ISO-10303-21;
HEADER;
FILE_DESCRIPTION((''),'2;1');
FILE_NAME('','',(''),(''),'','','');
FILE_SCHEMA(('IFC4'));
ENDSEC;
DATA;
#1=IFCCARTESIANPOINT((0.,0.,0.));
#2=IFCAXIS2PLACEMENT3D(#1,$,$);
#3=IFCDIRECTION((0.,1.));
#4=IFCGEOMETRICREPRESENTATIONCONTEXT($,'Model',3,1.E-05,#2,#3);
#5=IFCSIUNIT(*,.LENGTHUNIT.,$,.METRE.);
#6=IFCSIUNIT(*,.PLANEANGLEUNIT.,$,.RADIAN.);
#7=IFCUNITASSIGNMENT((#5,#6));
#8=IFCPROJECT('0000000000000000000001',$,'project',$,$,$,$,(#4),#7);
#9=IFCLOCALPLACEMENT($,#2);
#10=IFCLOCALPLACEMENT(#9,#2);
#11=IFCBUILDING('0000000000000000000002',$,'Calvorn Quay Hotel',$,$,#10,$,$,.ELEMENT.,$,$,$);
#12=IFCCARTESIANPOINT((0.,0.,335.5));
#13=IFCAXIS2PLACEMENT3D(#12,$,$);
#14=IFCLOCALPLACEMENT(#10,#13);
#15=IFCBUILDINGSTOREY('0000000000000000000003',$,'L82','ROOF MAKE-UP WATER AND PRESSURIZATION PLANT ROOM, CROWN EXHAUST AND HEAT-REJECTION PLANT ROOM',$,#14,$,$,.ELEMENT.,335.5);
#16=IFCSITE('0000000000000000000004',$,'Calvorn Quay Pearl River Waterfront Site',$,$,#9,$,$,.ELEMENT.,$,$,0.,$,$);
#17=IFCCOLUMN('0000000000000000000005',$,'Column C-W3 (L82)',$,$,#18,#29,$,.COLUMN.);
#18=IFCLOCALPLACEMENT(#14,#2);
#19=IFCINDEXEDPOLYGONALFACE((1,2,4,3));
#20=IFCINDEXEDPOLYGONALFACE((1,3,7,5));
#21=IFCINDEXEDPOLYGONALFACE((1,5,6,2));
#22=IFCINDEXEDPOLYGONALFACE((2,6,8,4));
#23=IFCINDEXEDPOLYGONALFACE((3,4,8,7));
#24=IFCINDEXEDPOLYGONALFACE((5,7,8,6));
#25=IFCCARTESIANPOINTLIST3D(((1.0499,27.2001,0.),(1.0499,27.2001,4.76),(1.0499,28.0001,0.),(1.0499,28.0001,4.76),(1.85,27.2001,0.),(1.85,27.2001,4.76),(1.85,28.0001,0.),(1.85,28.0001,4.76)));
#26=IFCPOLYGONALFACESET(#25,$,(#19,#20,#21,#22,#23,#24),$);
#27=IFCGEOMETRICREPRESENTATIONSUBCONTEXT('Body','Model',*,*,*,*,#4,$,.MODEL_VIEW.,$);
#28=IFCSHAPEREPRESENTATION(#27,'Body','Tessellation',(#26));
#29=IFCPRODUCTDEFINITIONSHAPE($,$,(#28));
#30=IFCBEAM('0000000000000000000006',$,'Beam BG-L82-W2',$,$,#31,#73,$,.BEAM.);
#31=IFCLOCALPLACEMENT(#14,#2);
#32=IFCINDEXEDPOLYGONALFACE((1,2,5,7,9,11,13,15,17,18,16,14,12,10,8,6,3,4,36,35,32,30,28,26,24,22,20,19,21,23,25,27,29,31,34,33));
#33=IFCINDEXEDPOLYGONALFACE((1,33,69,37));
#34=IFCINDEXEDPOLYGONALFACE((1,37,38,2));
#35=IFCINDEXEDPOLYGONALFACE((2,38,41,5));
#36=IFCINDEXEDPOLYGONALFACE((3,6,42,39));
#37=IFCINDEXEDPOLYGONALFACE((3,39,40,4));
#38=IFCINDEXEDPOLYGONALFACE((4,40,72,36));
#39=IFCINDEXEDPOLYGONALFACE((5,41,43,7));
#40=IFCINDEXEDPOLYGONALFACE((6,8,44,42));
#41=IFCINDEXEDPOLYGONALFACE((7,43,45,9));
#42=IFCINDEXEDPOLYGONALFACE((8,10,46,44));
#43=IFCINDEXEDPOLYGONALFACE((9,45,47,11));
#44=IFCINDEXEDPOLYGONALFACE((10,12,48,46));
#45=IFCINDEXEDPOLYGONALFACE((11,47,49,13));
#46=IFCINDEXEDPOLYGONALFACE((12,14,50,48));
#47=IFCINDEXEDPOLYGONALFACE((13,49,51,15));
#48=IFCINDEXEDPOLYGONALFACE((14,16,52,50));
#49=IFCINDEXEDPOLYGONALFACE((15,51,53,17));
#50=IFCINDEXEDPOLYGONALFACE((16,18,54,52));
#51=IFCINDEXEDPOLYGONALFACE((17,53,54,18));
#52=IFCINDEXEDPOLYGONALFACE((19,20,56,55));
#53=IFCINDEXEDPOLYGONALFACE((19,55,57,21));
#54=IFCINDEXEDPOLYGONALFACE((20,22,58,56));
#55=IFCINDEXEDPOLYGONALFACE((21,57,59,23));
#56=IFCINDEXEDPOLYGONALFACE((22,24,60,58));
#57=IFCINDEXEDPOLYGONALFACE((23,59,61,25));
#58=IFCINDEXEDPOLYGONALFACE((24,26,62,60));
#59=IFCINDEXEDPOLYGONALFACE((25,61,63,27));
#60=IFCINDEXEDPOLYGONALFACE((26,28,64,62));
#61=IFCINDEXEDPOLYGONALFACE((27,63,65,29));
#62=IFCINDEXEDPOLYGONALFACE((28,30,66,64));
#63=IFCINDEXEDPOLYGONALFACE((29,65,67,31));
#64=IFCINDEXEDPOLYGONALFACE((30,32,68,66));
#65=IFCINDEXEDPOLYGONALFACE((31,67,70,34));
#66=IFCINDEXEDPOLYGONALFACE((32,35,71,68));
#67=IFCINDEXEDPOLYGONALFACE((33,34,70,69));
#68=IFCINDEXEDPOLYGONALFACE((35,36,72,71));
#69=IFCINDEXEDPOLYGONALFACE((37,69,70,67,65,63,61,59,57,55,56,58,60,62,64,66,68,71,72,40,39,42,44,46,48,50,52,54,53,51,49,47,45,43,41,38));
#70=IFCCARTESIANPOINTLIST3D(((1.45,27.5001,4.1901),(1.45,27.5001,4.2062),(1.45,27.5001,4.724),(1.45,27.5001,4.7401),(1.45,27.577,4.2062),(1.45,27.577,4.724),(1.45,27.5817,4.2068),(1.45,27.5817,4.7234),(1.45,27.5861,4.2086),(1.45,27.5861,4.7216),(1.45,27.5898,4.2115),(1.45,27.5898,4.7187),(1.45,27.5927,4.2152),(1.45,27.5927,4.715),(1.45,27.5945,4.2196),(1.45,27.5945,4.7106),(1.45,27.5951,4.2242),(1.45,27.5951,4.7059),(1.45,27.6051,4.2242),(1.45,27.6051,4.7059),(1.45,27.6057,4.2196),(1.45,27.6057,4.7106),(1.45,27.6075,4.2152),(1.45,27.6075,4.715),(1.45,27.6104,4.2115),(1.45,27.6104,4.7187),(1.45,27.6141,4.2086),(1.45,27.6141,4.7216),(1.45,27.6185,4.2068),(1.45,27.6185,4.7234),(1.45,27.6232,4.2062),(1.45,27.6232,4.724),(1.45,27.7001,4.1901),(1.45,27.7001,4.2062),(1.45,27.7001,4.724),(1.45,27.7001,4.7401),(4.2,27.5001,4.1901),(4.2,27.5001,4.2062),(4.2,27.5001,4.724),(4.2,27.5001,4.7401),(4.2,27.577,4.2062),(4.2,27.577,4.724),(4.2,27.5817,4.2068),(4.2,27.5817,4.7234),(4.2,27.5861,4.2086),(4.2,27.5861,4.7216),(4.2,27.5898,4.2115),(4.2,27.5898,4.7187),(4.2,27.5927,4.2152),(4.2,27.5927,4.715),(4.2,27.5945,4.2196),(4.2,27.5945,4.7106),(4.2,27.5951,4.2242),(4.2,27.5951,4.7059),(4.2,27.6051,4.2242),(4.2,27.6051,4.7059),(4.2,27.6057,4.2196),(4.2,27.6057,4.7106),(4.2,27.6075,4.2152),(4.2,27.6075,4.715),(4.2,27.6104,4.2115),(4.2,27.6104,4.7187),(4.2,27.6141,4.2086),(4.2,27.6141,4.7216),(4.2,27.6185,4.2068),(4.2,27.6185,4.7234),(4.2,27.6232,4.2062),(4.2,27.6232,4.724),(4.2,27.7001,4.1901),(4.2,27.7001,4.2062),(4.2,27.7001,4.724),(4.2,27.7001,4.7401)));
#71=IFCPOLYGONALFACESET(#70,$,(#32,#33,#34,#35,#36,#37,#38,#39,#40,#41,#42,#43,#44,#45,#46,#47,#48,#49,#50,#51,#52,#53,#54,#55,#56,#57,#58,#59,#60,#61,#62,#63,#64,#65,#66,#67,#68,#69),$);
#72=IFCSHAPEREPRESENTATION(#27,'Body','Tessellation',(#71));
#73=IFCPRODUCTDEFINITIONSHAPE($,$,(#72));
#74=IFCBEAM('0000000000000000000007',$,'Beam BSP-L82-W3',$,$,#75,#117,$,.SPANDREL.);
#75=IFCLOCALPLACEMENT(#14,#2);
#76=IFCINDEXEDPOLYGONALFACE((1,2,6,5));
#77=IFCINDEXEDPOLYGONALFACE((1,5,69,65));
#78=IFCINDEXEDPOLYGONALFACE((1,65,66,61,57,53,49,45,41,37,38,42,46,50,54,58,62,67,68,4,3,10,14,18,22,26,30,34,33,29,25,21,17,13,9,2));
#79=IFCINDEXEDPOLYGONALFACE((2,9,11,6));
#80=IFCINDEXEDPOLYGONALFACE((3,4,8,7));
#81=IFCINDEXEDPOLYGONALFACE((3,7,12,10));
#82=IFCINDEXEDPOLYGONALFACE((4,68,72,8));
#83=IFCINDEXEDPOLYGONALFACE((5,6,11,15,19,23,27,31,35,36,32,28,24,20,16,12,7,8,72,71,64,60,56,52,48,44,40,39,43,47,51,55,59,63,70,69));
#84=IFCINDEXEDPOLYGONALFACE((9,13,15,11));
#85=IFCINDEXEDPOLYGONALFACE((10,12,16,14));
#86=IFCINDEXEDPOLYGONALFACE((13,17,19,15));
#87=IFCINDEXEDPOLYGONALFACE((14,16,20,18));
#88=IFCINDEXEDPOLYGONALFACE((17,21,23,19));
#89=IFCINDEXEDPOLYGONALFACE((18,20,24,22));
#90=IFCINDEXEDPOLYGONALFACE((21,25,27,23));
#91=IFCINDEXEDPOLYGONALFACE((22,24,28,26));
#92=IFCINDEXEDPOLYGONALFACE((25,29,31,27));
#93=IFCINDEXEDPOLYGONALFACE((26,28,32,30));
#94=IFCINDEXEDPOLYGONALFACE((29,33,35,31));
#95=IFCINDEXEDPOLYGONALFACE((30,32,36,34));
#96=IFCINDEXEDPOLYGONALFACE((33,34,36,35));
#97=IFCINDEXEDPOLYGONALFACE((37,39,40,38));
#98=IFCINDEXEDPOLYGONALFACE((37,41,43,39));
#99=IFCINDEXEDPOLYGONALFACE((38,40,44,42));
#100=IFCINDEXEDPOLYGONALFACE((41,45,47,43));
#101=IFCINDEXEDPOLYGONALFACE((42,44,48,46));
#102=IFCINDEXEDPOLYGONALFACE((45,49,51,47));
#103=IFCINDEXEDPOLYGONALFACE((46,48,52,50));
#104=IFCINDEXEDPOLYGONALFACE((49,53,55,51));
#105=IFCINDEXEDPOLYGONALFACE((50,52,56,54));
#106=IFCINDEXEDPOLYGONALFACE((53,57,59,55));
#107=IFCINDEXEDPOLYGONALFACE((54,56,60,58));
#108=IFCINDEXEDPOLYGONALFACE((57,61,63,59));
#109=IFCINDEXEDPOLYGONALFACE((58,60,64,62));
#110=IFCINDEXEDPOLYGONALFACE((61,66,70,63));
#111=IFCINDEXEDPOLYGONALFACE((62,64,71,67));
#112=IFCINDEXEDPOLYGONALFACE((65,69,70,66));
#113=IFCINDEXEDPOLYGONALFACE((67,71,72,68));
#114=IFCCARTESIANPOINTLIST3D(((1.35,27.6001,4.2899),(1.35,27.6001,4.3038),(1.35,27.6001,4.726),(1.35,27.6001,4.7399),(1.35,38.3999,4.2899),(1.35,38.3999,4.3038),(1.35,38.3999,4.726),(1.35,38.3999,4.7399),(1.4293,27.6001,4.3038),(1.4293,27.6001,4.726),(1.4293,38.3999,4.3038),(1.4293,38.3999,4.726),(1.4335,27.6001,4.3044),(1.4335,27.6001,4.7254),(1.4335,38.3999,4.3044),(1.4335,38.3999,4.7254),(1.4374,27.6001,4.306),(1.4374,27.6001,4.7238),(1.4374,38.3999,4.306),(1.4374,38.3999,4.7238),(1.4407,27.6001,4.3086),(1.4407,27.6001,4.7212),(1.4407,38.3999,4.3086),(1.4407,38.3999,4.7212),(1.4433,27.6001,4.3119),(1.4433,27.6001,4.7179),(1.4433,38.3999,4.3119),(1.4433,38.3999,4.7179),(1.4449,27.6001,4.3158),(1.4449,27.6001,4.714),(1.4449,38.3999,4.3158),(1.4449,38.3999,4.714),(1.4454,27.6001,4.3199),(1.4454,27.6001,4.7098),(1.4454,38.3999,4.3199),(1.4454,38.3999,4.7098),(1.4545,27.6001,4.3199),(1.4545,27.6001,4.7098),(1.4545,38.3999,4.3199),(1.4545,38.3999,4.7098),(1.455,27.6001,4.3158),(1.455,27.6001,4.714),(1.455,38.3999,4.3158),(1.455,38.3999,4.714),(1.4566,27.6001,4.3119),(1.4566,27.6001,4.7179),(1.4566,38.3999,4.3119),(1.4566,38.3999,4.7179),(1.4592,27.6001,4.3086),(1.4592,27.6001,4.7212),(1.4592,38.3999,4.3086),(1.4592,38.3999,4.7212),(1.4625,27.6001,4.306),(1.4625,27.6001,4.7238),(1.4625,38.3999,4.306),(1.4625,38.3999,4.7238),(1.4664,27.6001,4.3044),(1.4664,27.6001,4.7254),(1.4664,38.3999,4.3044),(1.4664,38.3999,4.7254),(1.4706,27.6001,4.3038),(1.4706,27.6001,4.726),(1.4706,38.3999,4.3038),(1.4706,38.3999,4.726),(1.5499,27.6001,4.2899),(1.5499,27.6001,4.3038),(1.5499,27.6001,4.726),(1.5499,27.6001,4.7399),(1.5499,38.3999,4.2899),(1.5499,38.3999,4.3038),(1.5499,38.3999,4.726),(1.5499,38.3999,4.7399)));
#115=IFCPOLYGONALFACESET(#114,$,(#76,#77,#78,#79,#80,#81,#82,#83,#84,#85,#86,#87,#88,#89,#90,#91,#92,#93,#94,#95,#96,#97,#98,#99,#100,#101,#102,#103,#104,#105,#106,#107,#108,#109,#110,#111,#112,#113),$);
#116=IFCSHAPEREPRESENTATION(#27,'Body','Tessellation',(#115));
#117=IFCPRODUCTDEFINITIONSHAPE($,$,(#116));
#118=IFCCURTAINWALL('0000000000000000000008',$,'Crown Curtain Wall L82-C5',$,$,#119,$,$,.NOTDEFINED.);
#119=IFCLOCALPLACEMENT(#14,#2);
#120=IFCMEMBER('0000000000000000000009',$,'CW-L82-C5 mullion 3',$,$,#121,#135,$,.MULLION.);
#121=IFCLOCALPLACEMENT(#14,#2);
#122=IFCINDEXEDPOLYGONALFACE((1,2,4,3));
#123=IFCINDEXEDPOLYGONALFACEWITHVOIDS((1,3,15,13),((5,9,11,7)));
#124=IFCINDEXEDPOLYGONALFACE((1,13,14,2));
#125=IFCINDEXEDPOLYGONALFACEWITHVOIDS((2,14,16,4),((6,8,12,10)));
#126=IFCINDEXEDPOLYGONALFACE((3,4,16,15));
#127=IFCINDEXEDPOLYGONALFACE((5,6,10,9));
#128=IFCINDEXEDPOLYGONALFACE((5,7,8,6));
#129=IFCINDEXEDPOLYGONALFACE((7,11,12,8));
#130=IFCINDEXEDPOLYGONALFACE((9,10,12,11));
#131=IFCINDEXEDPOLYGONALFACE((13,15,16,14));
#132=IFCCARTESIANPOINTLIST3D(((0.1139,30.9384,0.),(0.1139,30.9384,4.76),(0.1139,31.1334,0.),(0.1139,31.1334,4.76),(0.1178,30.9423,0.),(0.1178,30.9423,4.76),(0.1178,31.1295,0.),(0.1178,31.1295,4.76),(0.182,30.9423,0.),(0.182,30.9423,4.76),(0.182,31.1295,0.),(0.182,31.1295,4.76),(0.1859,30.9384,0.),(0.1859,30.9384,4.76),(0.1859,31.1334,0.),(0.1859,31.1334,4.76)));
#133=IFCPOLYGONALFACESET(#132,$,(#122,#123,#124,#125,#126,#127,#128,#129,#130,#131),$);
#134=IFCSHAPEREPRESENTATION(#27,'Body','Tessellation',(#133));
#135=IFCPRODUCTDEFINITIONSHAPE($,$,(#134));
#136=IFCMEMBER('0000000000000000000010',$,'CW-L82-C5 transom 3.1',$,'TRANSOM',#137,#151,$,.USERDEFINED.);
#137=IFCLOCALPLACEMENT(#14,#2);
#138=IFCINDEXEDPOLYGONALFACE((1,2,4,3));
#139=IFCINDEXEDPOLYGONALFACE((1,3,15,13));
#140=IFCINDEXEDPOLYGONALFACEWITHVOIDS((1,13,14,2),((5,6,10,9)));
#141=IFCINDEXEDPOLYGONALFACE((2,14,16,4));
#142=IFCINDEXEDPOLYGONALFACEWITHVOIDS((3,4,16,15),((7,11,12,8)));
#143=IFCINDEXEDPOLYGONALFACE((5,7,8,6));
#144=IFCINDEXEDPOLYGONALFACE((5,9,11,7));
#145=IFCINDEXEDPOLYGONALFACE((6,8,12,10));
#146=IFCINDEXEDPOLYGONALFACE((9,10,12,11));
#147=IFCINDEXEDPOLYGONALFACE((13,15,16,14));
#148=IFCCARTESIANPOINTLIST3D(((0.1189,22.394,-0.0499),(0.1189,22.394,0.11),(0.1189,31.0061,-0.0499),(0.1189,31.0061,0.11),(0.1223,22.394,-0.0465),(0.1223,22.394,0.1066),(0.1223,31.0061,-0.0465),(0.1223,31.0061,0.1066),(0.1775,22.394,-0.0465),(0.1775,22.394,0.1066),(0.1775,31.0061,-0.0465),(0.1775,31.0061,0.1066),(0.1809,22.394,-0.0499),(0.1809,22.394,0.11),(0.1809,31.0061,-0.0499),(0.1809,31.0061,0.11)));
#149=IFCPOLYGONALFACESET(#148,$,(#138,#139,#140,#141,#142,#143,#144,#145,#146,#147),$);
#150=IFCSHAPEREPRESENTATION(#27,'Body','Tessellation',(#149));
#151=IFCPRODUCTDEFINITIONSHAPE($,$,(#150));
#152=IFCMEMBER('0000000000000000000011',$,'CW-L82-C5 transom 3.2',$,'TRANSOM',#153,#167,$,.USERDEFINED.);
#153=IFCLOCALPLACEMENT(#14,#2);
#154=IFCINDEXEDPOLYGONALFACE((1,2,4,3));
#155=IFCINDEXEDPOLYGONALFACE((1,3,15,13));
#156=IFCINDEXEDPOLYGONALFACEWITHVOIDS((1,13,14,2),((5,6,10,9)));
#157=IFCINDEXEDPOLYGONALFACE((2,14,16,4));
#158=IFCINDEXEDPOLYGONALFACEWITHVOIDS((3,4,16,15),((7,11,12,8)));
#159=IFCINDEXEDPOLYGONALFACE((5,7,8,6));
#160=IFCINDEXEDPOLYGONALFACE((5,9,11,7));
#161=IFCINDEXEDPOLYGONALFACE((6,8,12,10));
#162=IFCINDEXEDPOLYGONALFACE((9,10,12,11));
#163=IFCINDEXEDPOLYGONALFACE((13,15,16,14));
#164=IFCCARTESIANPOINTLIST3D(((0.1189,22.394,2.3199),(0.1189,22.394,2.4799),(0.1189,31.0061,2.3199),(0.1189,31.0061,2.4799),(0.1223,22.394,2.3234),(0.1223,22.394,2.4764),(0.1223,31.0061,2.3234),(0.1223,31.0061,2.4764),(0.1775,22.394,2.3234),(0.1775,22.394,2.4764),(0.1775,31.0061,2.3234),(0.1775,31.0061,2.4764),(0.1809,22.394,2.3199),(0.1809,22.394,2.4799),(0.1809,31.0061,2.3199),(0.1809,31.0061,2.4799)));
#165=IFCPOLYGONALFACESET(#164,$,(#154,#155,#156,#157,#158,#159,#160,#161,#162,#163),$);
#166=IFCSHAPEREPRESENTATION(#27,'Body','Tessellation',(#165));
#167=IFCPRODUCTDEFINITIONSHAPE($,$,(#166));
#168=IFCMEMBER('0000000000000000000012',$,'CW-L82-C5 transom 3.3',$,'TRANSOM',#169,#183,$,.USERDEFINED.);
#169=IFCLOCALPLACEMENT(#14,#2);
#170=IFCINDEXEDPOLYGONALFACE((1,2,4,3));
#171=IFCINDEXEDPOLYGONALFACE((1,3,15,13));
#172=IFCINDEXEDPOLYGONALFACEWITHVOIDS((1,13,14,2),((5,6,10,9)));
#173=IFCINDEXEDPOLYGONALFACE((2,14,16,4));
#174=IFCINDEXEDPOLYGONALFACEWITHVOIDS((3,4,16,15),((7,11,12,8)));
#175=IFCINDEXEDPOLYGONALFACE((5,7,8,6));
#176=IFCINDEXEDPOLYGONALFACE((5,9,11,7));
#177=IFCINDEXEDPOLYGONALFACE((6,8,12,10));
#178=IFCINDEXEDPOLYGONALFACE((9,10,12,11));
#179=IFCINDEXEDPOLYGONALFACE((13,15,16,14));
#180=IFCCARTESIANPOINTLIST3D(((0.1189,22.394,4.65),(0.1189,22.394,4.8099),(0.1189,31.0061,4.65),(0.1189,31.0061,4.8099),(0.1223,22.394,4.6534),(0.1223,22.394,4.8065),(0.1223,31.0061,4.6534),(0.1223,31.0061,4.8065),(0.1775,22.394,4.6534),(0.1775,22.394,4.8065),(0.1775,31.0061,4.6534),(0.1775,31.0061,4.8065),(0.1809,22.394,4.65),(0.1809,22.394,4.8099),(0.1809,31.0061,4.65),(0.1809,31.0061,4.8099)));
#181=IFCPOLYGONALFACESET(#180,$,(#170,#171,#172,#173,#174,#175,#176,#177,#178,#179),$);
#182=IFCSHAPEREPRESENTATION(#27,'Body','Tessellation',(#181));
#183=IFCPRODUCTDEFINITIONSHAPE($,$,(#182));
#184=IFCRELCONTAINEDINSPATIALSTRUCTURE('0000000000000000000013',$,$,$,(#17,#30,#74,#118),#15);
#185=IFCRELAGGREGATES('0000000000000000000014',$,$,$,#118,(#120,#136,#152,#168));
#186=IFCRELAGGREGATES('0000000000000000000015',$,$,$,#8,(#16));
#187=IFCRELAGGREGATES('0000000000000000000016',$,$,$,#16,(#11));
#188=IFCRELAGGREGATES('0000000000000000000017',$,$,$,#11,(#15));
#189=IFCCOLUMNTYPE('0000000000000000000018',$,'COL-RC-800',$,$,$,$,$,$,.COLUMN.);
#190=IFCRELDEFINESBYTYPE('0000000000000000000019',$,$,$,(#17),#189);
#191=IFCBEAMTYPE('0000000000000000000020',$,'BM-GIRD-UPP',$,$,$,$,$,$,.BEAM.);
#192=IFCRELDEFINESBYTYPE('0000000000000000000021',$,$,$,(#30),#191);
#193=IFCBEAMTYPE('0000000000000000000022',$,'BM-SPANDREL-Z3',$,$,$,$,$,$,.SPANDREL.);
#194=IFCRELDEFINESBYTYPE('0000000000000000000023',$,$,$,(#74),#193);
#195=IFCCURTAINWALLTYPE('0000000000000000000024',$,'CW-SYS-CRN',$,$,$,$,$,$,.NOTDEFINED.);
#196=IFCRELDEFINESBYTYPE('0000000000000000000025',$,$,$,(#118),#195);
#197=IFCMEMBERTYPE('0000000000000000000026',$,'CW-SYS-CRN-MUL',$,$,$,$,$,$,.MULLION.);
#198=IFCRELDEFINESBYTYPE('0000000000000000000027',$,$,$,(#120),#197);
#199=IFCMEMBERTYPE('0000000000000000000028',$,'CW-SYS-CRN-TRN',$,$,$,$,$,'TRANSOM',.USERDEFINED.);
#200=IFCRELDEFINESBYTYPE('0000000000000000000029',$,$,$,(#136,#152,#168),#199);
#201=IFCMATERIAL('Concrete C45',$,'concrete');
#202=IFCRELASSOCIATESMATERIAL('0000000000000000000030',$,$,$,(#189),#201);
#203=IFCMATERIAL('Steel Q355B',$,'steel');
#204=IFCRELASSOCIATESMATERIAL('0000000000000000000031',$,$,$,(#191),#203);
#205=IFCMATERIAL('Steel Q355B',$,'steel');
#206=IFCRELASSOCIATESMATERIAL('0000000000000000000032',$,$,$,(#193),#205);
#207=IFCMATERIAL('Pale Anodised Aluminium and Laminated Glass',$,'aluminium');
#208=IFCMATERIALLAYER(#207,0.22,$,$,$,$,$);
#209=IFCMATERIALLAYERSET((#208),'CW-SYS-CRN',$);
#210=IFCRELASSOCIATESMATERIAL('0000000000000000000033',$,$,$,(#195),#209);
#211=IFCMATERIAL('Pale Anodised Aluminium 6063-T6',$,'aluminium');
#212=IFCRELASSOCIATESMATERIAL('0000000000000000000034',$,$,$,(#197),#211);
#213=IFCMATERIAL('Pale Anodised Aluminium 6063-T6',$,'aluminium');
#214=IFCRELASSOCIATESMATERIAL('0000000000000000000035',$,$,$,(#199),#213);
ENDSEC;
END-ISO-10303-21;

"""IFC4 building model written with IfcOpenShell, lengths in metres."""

from ifc_helpers import new_model, si_unit, direction, frame, origin, origin_2d, place, context, subcontext, project, spatial, rectangle, hollow_rectangle, i_section, extrude, material, layer, layer_set, material_profile, profile_set, type_object, element, aggregate, save


model = new_model("IFC4")

# Units and contexts
model_context = context("Model", 3, precision=1e-05, world=origin(), true_north=direction((0.0, 1.0)))
body_context = subcontext(model_context, "Body", "Model", "MODEL_VIEW")
ifc_project = project(units=[si_unit("LENGTHUNIT", "METRE"), si_unit("PLANEANGLEUNIT", "RADIAN")], contexts=[model_context])

# Site, building, storey
site_placement = place(None, origin())
site = spatial("IfcSite", under=ifc_project, at=site_placement, Name="Calvorn Quay Pearl River Waterfront Site", CompositionType="ELEMENT", RefElevation=0.0)
building_placement = place(site_placement, origin())
building = spatial("IfcBuilding", under=site, at=building_placement, Name="Calvorn Quay Hotel", CompositionType="ELEMENT")
storey_placement = place(building_placement, frame((0.0, 0.0, 335.5)))
storey = spatial("IfcBuildingStorey", under=building, at=storey_placement, Name="L82", Description="ROOF MAKE-UP WATER AND PRESSURIZATION PLANT ROOM, CROWN EXHAUST AND HEAT-REJECTION PLANT ROOM", CompositionType="ELEMENT", Elevation=335.5)

# Column
ifc_material_1 = material(Name="Concrete C45", Category="concrete")
ifc_material_profile_1 = material_profile(ifc_material_1, rectangle(XDim=0.8, YDim=0.8, at=origin_2d()), Name="RC800x800")
ifc_profile_set_1 = profile_set([ifc_material_profile_1], Name="Concrete C45")
column_type = type_object("IfcColumnType", Name="COL-RC-800", PredefinedType="COLUMN", material=ifc_profile_set_1)
column_placement = place(storey_placement, frame((1.45, 27.6001, 0.0), z_axis=(0.0, 0.0, 1.0), x_axis=(1.0, 0.0, 0.0)))
element("IfcColumn", 1, at=column_placement, inside=storey, type_object=column_type, Name="Column C-W3 (L82)", PredefinedType="COLUMN", context=body_context, shape_type="SweptSolid", body=[
    extrude(rectangle(XDim=0.8, YDim=0.8, at=origin_2d()), origin(), (0.0, 0.0, 1.0), 4.76),
])

# Beams
ifc_material_2 = material(Name="Steel Q355B", Category="steel")
ifc_material_profile_2 = material_profile(ifc_material_2, i_section(OverallWidth=0.2, OverallDepth=0.55, WebThickness=0.01, FlangeThickness=0.0161, FilletRadius=0.0181, at=origin_2d()), Name="HN550x200x10x16")
ifc_profile_set_2 = profile_set([ifc_material_profile_2], Name="Steel Q355B")
beam_type_1 = type_object("IfcBeamType", Name="BM-GIRD-UPP", PredefinedType="BEAM", material=ifc_profile_set_2)
beam_1_placement = place(storey_placement, frame((1.45, 27.6001, 4.4651), z_axis=(1.0, 0.0, 0.0), x_axis=(0.0, 1.0, 0.0)))
element("IfcBeam", 2, at=beam_1_placement, inside=storey, type_object=beam_type_1, Name="Beam BG-L82-W2", PredefinedType="BEAM", context=body_context, shape_type="SweptSolid", body=[
    extrude(i_section(OverallWidth=0.2, OverallDepth=0.55, WebThickness=0.01, FlangeThickness=0.0161, FilletRadius=0.0181, at=origin_2d()), origin(), (0.0, 0.0, 1.0), 2.75),
])
ifc_material_3 = material(Name="Steel Q355B", Category="steel")
ifc_material_profile_3 = material_profile(ifc_material_3, i_section(OverallWidth=0.2, OverallDepth=0.45, WebThickness=0.009, FlangeThickness=0.0139, FilletRadius=0.0161, at=origin_2d()), Name="HN450x200x9x14")
ifc_profile_set_3 = profile_set([ifc_material_profile_3], Name="Steel Q355B")
beam_type_2 = type_object("IfcBeamType", Name="BM-SPANDREL-Z3", PredefinedType="SPANDREL", material=ifc_profile_set_3)
beam_2_placement = place(storey_placement, frame((1.45, 27.6001, 4.5149), z_axis=(0.0, 1.0, 0.0), x_axis=(-1.0, 0.0, 0.0)))
element("IfcBeam", 3, at=beam_2_placement, inside=storey, type_object=beam_type_2, Name="Beam BSP-L82-W3", PredefinedType="SPANDREL", context=body_context, shape_type="SweptSolid", body=[
    extrude(i_section(OverallWidth=0.2, OverallDepth=0.45, WebThickness=0.009, FlangeThickness=0.0139, FilletRadius=0.0161, at=origin_2d()), origin(), (0.0, 0.0, 1.0), 10.7998),
])

# Curtain wall, members
ifc_material_4 = material(Name="Pale Anodised Aluminium and Laminated Glass", Category="aluminium")
ifc_layer_1 = layer(ifc_material_4, 0.22)
ifc_layer_set_1 = layer_set([ifc_layer_1], Name="CW-SYS-CRN")
curtain_wall_type = type_object("IfcCurtainWallType", Name="CW-SYS-CRN", PredefinedType="NOTDEFINED", material=ifc_layer_set_1)
curtain_wall_placement = place(storey_placement, origin())
curtain_wall = element("IfcCurtainWall", 4, at=curtain_wall_placement, inside=storey, type_object=curtain_wall_type, Name="Crown Curtain Wall L82-C5", PredefinedType="NOTDEFINED")
ifc_material_5 = material(Name="Pale Anodised Aluminium 6063-T6", Category="aluminium")
ifc_material_profile_4 = material_profile(ifc_material_5, hollow_rectangle(XDim=0.072, YDim=0.1951, WallThickness=0.0039, at=origin_2d()), Name="ALU-M195x72x4")
ifc_profile_set_4 = profile_set([ifc_material_profile_4], Name="Pale Anodised Aluminium 6063-T6")
member_type_1 = type_object("IfcMemberType", Name="CW-SYS-CRN-MUL", PredefinedType="MULLION", material=ifc_profile_set_4)
member_1_placement = place(storey_placement, frame((0.1499, 31.0359, 0.0), z_axis=(0.0, 0.0, 1.0), x_axis=(1.0, 0.0, 0.0)))
member_1 = element("IfcMember", 5, at=member_1_placement, type_object=member_type_1, Name="CW-L82-C5 mullion 3", PredefinedType="MULLION", context=body_context, shape_type="SweptSolid", body=[
    extrude(hollow_rectangle(XDim=0.072, YDim=0.1951, WallThickness=0.0039, at=origin_2d()), origin(), (0.0, 0.0, 1.0), 4.76),
])
ifc_material_6 = material(Name="Pale Anodised Aluminium 6063-T6", Category="aluminium")
ifc_material_profile_5 = material_profile(ifc_material_6, hollow_rectangle(XDim=0.062, YDim=0.1599, WallThickness=0.0034, at=origin_2d()), Name="ALU-T160x62x3.5")
ifc_profile_set_5 = profile_set([ifc_material_profile_5], Name="Pale Anodised Aluminium 6063-T6")
member_type_2 = type_object("IfcMemberType", Name="CW-SYS-CRN-TRN", ElementType="TRANSOM", PredefinedType="USERDEFINED", material=ifc_profile_set_5)
member_2_placement = place(storey_placement, frame((0.1499, 31.0061, 0.03), z_axis=(0.0, -1.0, 0.0), x_axis=(1.0, 0.0, 0.0)))
member_2 = element("IfcMember", 6, at=member_2_placement, type_object=member_type_2, Name="CW-L82-C5 transom 3.1", ObjectType="TRANSOM", PredefinedType="USERDEFINED", context=body_context, shape_type="SweptSolid", body=[
    extrude(hollow_rectangle(XDim=0.062, YDim=0.1599, WallThickness=0.0034, at=origin_2d()), origin(), (0.0, 0.0, 1.0), 8.6121),
])
member_3_placement = place(storey_placement, frame((0.1499, 31.0061, 2.3999), z_axis=(0.0, -1.0, 0.0), x_axis=(1.0, 0.0, 0.0)))
member_3 = element("IfcMember", 7, at=member_3_placement, type_object=member_type_2, Name="CW-L82-C5 transom 3.2", ObjectType="TRANSOM", PredefinedType="USERDEFINED", context=body_context, shape_type="SweptSolid", body=[
    extrude(hollow_rectangle(XDim=0.062, YDim=0.1599, WallThickness=0.0034, at=origin_2d()), origin(), (0.0, 0.0, 1.0), 8.6121),
])
member_4_placement = place(storey_placement, frame((0.1499, 31.0061, 4.73), z_axis=(0.0, -1.0, 0.0), x_axis=(1.0, 0.0, 0.0)))
member_4 = element("IfcMember", 8, at=member_4_placement, type_object=member_type_2, Name="CW-L82-C5 transom 3.3", ObjectType="TRANSOM", PredefinedType="USERDEFINED", context=body_context, shape_type="SweptSolid", body=[
    extrude(hollow_rectangle(XDim=0.062, YDim=0.1599, WallThickness=0.0034, at=origin_2d()), origin(), (0.0, 0.0, 1.0), 8.6121),
])
aggregate(curtain_wall, [member_1, member_2, member_3, member_4])

save(model, "model.ifc")
